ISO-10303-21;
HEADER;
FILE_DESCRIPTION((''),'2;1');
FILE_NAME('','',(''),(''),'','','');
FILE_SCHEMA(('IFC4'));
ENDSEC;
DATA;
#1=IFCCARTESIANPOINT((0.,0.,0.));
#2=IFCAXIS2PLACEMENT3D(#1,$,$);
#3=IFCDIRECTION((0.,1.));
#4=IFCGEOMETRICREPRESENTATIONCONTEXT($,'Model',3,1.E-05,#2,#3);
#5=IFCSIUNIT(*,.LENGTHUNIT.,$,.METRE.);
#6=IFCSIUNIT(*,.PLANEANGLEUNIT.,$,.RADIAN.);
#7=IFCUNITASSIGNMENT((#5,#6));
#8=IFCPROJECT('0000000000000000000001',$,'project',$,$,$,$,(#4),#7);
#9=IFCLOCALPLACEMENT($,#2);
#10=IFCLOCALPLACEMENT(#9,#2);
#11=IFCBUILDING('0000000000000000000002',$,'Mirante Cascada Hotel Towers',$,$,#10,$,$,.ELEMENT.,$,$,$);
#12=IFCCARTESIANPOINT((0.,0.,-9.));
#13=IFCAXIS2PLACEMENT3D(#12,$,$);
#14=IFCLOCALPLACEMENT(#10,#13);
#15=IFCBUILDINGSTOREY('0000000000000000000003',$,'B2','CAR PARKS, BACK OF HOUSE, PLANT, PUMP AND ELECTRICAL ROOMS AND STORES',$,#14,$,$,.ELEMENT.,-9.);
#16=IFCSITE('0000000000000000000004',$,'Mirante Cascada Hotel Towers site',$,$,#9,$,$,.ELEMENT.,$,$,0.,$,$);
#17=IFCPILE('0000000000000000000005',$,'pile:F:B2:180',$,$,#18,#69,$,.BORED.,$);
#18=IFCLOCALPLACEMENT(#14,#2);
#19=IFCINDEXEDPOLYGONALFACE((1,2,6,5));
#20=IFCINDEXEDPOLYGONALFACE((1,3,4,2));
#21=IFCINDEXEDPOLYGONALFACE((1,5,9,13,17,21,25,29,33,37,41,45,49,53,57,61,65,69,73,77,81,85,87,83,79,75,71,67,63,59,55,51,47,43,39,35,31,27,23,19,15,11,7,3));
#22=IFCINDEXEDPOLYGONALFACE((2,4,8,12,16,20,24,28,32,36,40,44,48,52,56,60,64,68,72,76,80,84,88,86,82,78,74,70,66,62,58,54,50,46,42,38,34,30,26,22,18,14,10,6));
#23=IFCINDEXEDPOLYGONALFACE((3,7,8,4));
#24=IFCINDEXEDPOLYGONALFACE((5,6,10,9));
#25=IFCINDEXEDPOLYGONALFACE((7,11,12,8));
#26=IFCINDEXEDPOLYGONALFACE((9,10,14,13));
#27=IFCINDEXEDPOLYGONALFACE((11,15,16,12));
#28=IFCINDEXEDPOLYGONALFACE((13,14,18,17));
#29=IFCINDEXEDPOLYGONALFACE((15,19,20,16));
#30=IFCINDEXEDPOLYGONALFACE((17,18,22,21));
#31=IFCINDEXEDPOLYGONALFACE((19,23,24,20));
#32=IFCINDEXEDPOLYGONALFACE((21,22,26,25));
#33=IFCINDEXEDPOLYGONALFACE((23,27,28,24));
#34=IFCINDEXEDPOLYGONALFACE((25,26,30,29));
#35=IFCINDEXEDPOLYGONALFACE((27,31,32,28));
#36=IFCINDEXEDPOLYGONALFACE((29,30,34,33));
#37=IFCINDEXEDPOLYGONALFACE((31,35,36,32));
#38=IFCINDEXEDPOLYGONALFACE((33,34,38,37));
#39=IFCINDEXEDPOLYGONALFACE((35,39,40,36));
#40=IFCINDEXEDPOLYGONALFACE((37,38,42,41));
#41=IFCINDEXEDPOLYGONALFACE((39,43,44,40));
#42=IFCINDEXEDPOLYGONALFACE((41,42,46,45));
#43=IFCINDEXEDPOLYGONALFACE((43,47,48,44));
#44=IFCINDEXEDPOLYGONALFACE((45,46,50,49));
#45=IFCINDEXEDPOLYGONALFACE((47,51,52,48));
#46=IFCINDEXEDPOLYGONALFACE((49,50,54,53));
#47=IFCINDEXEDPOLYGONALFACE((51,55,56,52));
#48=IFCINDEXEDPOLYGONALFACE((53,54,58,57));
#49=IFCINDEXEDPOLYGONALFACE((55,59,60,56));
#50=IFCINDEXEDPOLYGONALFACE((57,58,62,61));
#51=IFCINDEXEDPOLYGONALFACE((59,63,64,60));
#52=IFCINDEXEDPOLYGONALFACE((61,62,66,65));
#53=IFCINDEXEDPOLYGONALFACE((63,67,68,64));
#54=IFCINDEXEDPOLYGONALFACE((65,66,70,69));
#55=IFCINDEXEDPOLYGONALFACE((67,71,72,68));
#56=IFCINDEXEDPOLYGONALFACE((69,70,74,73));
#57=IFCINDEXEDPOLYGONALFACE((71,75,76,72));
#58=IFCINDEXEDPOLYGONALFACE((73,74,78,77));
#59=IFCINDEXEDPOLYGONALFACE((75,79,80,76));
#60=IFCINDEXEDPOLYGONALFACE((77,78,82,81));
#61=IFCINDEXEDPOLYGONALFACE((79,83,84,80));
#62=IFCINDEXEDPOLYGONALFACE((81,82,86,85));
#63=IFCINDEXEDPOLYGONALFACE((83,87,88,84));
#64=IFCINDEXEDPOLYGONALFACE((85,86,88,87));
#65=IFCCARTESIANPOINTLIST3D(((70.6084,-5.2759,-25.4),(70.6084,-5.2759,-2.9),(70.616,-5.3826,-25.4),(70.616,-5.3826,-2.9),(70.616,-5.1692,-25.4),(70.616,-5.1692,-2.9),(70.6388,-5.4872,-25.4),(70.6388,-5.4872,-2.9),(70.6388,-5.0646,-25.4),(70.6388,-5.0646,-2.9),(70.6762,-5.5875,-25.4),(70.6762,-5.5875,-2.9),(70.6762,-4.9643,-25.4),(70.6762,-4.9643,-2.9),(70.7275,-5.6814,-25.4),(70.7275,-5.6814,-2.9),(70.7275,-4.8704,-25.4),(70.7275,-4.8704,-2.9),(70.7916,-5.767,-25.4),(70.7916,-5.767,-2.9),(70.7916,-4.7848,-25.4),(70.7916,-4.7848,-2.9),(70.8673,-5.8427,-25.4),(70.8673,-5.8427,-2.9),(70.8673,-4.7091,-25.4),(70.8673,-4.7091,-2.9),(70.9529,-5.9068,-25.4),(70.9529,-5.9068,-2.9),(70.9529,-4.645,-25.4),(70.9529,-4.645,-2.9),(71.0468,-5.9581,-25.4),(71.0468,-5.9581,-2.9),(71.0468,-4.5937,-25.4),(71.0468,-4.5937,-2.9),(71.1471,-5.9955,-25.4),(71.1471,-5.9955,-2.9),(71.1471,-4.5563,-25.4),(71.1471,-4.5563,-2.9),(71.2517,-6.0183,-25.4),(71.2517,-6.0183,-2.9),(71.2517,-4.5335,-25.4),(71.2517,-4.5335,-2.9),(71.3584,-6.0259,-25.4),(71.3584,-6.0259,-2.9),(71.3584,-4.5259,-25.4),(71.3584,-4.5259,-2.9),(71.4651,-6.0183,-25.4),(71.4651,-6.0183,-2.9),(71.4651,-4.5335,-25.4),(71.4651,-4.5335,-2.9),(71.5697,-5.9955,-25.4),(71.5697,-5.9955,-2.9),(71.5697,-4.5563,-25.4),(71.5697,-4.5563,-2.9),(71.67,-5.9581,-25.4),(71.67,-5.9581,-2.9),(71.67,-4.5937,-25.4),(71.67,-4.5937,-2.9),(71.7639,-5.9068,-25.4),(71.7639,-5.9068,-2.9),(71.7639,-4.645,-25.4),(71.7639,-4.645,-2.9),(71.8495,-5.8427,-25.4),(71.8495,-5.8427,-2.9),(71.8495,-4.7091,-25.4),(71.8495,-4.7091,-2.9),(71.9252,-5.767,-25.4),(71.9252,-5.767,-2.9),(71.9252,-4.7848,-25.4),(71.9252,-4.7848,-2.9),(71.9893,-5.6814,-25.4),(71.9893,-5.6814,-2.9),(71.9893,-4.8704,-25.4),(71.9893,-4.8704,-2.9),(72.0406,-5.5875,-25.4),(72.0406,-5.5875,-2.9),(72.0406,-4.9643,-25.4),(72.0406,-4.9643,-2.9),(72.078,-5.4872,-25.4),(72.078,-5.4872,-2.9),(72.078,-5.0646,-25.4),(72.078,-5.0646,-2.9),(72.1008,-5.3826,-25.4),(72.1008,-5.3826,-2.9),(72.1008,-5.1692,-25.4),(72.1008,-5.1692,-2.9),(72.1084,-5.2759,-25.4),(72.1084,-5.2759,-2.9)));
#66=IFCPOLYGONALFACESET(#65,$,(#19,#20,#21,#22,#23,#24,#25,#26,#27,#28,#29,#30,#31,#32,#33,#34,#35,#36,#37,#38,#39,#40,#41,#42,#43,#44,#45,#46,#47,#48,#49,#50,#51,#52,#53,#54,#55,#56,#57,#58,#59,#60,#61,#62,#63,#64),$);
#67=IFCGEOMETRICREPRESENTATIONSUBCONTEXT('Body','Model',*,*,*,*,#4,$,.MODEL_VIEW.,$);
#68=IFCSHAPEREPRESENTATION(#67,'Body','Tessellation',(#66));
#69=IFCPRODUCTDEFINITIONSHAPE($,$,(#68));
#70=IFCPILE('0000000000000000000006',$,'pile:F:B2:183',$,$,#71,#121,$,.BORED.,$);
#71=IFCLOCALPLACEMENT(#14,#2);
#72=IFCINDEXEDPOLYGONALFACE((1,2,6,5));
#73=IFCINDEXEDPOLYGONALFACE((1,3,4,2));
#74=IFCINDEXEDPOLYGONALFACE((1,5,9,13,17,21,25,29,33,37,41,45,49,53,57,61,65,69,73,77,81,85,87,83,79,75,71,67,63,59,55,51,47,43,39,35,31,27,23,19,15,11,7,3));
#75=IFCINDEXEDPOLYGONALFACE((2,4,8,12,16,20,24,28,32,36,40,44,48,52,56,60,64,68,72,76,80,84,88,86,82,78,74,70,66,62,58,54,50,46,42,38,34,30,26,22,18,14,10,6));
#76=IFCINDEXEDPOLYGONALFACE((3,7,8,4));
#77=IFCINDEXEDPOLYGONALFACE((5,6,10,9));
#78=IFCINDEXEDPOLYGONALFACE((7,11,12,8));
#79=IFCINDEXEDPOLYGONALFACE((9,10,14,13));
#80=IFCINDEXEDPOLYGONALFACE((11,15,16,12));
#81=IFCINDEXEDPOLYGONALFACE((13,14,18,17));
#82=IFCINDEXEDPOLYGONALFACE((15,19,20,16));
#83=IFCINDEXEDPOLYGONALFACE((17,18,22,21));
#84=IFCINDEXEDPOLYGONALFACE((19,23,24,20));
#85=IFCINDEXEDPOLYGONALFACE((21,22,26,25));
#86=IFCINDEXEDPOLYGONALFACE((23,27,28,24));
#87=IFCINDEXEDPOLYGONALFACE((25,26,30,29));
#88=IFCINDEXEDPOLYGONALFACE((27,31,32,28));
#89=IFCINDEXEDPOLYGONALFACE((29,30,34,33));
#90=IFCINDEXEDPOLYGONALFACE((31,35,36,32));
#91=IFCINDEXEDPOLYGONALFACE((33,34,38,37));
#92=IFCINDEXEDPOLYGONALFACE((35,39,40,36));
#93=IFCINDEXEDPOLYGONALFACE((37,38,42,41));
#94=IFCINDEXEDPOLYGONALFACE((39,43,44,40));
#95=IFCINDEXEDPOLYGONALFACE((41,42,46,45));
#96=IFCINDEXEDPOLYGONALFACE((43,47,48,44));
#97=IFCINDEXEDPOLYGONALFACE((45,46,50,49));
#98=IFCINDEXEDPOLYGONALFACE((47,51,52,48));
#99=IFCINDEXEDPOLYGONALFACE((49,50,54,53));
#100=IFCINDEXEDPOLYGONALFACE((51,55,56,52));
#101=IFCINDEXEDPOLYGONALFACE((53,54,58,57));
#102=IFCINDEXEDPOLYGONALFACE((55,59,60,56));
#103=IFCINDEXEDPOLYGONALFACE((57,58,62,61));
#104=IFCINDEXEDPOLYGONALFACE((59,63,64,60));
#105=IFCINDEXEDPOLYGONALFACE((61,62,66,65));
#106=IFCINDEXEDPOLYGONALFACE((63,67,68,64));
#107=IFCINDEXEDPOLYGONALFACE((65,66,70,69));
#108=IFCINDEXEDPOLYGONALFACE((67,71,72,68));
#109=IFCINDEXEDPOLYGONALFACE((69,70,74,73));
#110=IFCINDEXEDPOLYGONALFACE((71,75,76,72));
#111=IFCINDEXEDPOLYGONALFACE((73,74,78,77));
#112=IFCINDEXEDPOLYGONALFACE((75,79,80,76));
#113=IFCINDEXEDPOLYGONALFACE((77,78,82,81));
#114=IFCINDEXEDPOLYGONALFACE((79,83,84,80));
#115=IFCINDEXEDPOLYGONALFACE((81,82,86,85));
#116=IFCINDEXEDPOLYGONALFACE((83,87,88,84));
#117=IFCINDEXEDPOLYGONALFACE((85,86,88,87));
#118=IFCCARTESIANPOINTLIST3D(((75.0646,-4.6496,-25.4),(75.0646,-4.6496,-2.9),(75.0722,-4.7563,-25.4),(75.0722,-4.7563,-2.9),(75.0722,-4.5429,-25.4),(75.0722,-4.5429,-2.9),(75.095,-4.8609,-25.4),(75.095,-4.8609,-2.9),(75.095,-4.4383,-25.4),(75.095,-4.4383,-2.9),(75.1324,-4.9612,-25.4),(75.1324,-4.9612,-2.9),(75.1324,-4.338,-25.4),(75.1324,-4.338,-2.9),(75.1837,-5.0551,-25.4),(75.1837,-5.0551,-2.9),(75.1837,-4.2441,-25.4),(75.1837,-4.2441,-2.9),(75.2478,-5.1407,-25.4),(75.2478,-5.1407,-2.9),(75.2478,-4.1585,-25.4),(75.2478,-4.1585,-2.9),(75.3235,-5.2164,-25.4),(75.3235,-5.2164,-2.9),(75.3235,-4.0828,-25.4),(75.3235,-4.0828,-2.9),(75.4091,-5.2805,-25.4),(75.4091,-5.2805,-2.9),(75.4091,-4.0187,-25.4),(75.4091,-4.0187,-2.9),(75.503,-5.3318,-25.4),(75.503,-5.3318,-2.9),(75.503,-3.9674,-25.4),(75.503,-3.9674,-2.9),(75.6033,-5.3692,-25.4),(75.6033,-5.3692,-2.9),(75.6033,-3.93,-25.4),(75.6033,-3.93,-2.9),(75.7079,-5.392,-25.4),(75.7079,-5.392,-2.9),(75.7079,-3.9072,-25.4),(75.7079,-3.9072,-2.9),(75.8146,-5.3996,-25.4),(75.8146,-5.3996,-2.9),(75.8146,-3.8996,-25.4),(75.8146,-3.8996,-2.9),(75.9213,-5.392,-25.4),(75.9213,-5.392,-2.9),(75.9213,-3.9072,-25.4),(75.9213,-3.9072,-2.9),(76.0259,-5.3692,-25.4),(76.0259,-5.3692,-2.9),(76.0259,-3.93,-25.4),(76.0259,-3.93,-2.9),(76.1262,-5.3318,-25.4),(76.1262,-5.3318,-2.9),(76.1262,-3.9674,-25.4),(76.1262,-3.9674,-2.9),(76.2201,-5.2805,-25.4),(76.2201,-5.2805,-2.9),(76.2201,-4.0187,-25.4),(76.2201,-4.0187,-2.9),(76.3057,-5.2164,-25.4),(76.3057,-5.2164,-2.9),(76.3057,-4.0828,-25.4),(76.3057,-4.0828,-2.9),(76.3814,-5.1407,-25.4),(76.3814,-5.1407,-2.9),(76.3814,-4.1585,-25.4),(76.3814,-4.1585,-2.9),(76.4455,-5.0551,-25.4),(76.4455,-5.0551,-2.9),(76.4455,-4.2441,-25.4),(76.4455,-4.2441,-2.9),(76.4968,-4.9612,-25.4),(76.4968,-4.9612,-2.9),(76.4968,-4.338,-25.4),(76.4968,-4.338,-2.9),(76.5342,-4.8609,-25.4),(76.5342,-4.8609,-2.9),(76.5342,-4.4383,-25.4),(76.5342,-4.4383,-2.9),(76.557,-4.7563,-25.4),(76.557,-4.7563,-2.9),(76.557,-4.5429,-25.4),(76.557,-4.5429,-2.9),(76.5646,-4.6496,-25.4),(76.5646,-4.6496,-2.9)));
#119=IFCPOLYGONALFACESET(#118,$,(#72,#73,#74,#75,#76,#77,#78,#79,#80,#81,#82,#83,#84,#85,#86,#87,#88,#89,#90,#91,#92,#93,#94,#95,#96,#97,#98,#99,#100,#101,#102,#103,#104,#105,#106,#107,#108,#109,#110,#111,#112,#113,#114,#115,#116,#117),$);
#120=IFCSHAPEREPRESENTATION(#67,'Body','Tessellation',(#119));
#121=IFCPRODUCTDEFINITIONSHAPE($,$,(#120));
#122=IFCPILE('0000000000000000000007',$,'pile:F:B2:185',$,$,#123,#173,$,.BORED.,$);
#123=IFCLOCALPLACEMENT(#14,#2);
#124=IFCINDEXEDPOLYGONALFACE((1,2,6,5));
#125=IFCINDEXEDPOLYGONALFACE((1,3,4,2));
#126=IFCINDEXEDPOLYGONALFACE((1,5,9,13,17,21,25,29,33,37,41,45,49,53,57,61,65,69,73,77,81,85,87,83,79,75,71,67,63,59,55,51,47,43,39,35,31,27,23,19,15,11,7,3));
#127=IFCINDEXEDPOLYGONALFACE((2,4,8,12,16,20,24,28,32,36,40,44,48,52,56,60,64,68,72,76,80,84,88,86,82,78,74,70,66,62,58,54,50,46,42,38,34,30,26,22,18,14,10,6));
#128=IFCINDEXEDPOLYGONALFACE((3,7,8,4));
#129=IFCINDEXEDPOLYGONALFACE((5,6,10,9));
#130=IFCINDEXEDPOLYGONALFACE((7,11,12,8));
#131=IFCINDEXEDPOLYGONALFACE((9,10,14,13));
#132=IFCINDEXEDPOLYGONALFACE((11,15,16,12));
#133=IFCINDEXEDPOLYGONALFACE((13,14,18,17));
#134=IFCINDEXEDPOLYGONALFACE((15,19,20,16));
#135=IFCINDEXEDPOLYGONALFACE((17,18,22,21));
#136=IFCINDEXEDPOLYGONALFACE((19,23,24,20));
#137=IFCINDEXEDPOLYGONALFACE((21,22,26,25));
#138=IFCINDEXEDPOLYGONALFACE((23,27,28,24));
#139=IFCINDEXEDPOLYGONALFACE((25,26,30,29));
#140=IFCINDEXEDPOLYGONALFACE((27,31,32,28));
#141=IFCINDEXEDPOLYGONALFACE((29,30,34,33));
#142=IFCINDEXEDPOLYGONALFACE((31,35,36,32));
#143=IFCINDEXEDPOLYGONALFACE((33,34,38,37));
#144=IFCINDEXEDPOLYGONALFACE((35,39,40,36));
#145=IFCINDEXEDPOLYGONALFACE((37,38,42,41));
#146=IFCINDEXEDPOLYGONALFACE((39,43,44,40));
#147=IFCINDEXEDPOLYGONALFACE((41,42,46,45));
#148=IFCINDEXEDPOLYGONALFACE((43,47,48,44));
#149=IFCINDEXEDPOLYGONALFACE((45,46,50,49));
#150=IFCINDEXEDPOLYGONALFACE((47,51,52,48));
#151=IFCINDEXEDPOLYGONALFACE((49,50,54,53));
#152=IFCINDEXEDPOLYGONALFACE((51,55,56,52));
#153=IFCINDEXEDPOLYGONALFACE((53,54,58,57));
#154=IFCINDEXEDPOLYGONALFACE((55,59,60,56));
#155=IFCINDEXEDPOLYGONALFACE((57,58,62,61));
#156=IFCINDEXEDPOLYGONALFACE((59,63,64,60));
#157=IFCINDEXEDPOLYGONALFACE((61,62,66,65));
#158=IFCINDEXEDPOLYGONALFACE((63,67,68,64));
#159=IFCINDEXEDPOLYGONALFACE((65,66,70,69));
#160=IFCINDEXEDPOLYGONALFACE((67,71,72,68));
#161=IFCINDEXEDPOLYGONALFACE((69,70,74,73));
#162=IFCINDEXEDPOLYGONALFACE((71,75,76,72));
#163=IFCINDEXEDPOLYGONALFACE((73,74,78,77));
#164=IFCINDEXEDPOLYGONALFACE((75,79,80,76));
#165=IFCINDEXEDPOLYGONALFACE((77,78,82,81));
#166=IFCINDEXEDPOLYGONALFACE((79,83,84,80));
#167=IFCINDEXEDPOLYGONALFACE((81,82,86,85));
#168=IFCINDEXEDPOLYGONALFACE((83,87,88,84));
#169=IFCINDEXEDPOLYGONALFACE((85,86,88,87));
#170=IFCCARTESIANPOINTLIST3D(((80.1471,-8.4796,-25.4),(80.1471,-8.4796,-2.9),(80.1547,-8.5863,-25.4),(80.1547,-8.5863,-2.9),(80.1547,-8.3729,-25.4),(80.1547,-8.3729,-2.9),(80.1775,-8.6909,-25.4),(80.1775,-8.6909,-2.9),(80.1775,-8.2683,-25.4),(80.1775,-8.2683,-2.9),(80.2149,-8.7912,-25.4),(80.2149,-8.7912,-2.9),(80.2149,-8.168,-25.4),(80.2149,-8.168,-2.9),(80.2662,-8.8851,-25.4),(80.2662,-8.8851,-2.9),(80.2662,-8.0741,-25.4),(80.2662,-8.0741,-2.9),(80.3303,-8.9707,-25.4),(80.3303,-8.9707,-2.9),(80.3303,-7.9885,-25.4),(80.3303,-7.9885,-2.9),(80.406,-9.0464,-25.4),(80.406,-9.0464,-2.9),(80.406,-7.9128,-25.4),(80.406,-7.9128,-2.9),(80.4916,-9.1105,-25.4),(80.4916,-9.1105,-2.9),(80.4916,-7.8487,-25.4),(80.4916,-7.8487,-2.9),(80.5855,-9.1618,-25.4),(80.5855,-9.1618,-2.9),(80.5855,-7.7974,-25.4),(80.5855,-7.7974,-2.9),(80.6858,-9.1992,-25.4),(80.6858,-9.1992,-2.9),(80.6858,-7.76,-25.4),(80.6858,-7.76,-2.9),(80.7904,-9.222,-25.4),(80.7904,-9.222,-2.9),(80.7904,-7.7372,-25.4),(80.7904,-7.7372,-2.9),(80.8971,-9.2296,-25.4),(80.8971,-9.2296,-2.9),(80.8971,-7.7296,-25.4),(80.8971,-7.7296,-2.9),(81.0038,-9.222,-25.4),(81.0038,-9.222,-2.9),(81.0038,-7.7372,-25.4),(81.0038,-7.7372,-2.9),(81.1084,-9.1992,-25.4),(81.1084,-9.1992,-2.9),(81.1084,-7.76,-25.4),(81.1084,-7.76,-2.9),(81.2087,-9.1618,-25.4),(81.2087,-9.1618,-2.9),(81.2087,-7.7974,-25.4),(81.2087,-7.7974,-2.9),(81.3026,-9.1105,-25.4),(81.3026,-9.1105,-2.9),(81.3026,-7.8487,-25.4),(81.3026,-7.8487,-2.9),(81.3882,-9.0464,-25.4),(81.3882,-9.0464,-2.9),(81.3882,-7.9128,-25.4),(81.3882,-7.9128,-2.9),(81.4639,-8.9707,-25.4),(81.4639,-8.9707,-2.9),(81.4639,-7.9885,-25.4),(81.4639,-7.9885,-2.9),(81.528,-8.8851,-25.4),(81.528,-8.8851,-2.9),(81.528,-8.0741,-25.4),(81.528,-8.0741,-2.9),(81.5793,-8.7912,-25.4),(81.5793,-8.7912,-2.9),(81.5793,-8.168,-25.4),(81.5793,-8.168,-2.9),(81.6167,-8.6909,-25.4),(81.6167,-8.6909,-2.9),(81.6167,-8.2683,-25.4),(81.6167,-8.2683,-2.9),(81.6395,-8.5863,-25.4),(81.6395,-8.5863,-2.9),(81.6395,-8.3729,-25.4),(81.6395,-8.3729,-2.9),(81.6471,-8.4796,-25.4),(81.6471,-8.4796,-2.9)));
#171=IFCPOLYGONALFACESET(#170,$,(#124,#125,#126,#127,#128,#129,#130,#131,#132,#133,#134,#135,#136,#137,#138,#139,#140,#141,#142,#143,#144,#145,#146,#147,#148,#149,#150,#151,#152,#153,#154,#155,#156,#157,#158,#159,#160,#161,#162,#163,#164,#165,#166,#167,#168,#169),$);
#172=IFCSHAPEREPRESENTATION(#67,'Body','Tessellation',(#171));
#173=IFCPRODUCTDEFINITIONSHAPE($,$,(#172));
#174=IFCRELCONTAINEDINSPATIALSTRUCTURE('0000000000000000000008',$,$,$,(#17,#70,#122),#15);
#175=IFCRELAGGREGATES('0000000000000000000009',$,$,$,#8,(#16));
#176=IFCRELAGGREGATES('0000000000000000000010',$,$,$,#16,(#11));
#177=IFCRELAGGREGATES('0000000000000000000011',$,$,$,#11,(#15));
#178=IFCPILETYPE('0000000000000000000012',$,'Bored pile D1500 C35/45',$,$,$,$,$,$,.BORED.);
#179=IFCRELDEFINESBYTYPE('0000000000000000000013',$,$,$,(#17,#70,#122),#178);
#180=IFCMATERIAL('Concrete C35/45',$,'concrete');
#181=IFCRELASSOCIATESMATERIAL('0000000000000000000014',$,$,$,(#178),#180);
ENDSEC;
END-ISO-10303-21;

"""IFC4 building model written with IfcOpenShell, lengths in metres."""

from ifc_helpers import new_model, si_unit, direction, frame, origin, origin_2d, place, context, subcontext, project, spatial, circle, extrude, material, material_profile, profile_set, type_object, element, save


model = new_model("IFC4")

# Units and contexts
model_context = context("Model", 3, precision=1e-05, world=origin(), true_north=direction((0.0, 1.0)))
body_context = subcontext(model_context, "Body", "Model", "MODEL_VIEW")
ifc_project = project(units=[si_unit("LENGTHUNIT", "METRE"), si_unit("PLANEANGLEUNIT", "RADIAN")], contexts=[model_context])

# Site, building, storey
site_placement = place(None, origin())
site = spatial("IfcSite", under=ifc_project, at=site_placement, Name="Mirante Cascada Hotel Towers site", CompositionType="ELEMENT", RefElevation=0.0)
building_placement = place(site_placement, origin())
building = spatial("IfcBuilding", under=site, at=building_placement, Name="Mirante Cascada Hotel Towers", CompositionType="ELEMENT")
storey_placement = place(building_placement, frame((0.0, 0.0, -9.0)))
storey = spatial("IfcBuildingStorey", under=building, at=storey_placement, Name="B2", Description="CAR PARKS, BACK OF HOUSE, PLANT, PUMP AND ELECTRICAL ROOMS AND STORES", CompositionType="ELEMENT", Elevation=-9.0)

# Piles
ifc_material_1 = material(Name="Concrete C35/45", Category="concrete")
ifc_material_profile_1 = material_profile(ifc_material_1, circle(Radius=0.75, at=origin_2d()), Name="RC D1500")
ifc_profile_set_1 = profile_set([ifc_material_profile_1], Name="Concrete C35/45")
pile_type = type_object("IfcPileType", Name="Bored pile D1500 C35/45", PredefinedType="BORED", material=ifc_profile_set_1)
for number, where, z_axis, x_axis, name in (
    (1, (71.3584, -5.2759, -2.9), (0.0, 0.0, -1.0), (1.0, 0.0, 0.0), "pile:F:B2:180"),
    (2, (75.8146, -4.6496, -2.9), (0.0, 0.0, -1.0), (1.0, 0.0, 0.0), "pile:F:B2:183"),
    (3, (80.8971, -8.4796, -2.9), (0.0, 0.0, -1.0), (1.0, 0.0, 0.0), "pile:F:B2:185"),
):
    element("IfcPile", number, at=place(storey_placement, frame(where, z_axis=z_axis, x_axis=x_axis)), inside=storey, type_object=pile_type, Name=name, PredefinedType="BORED", context=body_context, shape_type="SweptSolid", body=[
        extrude(circle(Radius=0.75, at=origin_2d()), origin(), (0.0, 0.0, 1.0), 22.5),
    ])

save(model, "model.ifc")
